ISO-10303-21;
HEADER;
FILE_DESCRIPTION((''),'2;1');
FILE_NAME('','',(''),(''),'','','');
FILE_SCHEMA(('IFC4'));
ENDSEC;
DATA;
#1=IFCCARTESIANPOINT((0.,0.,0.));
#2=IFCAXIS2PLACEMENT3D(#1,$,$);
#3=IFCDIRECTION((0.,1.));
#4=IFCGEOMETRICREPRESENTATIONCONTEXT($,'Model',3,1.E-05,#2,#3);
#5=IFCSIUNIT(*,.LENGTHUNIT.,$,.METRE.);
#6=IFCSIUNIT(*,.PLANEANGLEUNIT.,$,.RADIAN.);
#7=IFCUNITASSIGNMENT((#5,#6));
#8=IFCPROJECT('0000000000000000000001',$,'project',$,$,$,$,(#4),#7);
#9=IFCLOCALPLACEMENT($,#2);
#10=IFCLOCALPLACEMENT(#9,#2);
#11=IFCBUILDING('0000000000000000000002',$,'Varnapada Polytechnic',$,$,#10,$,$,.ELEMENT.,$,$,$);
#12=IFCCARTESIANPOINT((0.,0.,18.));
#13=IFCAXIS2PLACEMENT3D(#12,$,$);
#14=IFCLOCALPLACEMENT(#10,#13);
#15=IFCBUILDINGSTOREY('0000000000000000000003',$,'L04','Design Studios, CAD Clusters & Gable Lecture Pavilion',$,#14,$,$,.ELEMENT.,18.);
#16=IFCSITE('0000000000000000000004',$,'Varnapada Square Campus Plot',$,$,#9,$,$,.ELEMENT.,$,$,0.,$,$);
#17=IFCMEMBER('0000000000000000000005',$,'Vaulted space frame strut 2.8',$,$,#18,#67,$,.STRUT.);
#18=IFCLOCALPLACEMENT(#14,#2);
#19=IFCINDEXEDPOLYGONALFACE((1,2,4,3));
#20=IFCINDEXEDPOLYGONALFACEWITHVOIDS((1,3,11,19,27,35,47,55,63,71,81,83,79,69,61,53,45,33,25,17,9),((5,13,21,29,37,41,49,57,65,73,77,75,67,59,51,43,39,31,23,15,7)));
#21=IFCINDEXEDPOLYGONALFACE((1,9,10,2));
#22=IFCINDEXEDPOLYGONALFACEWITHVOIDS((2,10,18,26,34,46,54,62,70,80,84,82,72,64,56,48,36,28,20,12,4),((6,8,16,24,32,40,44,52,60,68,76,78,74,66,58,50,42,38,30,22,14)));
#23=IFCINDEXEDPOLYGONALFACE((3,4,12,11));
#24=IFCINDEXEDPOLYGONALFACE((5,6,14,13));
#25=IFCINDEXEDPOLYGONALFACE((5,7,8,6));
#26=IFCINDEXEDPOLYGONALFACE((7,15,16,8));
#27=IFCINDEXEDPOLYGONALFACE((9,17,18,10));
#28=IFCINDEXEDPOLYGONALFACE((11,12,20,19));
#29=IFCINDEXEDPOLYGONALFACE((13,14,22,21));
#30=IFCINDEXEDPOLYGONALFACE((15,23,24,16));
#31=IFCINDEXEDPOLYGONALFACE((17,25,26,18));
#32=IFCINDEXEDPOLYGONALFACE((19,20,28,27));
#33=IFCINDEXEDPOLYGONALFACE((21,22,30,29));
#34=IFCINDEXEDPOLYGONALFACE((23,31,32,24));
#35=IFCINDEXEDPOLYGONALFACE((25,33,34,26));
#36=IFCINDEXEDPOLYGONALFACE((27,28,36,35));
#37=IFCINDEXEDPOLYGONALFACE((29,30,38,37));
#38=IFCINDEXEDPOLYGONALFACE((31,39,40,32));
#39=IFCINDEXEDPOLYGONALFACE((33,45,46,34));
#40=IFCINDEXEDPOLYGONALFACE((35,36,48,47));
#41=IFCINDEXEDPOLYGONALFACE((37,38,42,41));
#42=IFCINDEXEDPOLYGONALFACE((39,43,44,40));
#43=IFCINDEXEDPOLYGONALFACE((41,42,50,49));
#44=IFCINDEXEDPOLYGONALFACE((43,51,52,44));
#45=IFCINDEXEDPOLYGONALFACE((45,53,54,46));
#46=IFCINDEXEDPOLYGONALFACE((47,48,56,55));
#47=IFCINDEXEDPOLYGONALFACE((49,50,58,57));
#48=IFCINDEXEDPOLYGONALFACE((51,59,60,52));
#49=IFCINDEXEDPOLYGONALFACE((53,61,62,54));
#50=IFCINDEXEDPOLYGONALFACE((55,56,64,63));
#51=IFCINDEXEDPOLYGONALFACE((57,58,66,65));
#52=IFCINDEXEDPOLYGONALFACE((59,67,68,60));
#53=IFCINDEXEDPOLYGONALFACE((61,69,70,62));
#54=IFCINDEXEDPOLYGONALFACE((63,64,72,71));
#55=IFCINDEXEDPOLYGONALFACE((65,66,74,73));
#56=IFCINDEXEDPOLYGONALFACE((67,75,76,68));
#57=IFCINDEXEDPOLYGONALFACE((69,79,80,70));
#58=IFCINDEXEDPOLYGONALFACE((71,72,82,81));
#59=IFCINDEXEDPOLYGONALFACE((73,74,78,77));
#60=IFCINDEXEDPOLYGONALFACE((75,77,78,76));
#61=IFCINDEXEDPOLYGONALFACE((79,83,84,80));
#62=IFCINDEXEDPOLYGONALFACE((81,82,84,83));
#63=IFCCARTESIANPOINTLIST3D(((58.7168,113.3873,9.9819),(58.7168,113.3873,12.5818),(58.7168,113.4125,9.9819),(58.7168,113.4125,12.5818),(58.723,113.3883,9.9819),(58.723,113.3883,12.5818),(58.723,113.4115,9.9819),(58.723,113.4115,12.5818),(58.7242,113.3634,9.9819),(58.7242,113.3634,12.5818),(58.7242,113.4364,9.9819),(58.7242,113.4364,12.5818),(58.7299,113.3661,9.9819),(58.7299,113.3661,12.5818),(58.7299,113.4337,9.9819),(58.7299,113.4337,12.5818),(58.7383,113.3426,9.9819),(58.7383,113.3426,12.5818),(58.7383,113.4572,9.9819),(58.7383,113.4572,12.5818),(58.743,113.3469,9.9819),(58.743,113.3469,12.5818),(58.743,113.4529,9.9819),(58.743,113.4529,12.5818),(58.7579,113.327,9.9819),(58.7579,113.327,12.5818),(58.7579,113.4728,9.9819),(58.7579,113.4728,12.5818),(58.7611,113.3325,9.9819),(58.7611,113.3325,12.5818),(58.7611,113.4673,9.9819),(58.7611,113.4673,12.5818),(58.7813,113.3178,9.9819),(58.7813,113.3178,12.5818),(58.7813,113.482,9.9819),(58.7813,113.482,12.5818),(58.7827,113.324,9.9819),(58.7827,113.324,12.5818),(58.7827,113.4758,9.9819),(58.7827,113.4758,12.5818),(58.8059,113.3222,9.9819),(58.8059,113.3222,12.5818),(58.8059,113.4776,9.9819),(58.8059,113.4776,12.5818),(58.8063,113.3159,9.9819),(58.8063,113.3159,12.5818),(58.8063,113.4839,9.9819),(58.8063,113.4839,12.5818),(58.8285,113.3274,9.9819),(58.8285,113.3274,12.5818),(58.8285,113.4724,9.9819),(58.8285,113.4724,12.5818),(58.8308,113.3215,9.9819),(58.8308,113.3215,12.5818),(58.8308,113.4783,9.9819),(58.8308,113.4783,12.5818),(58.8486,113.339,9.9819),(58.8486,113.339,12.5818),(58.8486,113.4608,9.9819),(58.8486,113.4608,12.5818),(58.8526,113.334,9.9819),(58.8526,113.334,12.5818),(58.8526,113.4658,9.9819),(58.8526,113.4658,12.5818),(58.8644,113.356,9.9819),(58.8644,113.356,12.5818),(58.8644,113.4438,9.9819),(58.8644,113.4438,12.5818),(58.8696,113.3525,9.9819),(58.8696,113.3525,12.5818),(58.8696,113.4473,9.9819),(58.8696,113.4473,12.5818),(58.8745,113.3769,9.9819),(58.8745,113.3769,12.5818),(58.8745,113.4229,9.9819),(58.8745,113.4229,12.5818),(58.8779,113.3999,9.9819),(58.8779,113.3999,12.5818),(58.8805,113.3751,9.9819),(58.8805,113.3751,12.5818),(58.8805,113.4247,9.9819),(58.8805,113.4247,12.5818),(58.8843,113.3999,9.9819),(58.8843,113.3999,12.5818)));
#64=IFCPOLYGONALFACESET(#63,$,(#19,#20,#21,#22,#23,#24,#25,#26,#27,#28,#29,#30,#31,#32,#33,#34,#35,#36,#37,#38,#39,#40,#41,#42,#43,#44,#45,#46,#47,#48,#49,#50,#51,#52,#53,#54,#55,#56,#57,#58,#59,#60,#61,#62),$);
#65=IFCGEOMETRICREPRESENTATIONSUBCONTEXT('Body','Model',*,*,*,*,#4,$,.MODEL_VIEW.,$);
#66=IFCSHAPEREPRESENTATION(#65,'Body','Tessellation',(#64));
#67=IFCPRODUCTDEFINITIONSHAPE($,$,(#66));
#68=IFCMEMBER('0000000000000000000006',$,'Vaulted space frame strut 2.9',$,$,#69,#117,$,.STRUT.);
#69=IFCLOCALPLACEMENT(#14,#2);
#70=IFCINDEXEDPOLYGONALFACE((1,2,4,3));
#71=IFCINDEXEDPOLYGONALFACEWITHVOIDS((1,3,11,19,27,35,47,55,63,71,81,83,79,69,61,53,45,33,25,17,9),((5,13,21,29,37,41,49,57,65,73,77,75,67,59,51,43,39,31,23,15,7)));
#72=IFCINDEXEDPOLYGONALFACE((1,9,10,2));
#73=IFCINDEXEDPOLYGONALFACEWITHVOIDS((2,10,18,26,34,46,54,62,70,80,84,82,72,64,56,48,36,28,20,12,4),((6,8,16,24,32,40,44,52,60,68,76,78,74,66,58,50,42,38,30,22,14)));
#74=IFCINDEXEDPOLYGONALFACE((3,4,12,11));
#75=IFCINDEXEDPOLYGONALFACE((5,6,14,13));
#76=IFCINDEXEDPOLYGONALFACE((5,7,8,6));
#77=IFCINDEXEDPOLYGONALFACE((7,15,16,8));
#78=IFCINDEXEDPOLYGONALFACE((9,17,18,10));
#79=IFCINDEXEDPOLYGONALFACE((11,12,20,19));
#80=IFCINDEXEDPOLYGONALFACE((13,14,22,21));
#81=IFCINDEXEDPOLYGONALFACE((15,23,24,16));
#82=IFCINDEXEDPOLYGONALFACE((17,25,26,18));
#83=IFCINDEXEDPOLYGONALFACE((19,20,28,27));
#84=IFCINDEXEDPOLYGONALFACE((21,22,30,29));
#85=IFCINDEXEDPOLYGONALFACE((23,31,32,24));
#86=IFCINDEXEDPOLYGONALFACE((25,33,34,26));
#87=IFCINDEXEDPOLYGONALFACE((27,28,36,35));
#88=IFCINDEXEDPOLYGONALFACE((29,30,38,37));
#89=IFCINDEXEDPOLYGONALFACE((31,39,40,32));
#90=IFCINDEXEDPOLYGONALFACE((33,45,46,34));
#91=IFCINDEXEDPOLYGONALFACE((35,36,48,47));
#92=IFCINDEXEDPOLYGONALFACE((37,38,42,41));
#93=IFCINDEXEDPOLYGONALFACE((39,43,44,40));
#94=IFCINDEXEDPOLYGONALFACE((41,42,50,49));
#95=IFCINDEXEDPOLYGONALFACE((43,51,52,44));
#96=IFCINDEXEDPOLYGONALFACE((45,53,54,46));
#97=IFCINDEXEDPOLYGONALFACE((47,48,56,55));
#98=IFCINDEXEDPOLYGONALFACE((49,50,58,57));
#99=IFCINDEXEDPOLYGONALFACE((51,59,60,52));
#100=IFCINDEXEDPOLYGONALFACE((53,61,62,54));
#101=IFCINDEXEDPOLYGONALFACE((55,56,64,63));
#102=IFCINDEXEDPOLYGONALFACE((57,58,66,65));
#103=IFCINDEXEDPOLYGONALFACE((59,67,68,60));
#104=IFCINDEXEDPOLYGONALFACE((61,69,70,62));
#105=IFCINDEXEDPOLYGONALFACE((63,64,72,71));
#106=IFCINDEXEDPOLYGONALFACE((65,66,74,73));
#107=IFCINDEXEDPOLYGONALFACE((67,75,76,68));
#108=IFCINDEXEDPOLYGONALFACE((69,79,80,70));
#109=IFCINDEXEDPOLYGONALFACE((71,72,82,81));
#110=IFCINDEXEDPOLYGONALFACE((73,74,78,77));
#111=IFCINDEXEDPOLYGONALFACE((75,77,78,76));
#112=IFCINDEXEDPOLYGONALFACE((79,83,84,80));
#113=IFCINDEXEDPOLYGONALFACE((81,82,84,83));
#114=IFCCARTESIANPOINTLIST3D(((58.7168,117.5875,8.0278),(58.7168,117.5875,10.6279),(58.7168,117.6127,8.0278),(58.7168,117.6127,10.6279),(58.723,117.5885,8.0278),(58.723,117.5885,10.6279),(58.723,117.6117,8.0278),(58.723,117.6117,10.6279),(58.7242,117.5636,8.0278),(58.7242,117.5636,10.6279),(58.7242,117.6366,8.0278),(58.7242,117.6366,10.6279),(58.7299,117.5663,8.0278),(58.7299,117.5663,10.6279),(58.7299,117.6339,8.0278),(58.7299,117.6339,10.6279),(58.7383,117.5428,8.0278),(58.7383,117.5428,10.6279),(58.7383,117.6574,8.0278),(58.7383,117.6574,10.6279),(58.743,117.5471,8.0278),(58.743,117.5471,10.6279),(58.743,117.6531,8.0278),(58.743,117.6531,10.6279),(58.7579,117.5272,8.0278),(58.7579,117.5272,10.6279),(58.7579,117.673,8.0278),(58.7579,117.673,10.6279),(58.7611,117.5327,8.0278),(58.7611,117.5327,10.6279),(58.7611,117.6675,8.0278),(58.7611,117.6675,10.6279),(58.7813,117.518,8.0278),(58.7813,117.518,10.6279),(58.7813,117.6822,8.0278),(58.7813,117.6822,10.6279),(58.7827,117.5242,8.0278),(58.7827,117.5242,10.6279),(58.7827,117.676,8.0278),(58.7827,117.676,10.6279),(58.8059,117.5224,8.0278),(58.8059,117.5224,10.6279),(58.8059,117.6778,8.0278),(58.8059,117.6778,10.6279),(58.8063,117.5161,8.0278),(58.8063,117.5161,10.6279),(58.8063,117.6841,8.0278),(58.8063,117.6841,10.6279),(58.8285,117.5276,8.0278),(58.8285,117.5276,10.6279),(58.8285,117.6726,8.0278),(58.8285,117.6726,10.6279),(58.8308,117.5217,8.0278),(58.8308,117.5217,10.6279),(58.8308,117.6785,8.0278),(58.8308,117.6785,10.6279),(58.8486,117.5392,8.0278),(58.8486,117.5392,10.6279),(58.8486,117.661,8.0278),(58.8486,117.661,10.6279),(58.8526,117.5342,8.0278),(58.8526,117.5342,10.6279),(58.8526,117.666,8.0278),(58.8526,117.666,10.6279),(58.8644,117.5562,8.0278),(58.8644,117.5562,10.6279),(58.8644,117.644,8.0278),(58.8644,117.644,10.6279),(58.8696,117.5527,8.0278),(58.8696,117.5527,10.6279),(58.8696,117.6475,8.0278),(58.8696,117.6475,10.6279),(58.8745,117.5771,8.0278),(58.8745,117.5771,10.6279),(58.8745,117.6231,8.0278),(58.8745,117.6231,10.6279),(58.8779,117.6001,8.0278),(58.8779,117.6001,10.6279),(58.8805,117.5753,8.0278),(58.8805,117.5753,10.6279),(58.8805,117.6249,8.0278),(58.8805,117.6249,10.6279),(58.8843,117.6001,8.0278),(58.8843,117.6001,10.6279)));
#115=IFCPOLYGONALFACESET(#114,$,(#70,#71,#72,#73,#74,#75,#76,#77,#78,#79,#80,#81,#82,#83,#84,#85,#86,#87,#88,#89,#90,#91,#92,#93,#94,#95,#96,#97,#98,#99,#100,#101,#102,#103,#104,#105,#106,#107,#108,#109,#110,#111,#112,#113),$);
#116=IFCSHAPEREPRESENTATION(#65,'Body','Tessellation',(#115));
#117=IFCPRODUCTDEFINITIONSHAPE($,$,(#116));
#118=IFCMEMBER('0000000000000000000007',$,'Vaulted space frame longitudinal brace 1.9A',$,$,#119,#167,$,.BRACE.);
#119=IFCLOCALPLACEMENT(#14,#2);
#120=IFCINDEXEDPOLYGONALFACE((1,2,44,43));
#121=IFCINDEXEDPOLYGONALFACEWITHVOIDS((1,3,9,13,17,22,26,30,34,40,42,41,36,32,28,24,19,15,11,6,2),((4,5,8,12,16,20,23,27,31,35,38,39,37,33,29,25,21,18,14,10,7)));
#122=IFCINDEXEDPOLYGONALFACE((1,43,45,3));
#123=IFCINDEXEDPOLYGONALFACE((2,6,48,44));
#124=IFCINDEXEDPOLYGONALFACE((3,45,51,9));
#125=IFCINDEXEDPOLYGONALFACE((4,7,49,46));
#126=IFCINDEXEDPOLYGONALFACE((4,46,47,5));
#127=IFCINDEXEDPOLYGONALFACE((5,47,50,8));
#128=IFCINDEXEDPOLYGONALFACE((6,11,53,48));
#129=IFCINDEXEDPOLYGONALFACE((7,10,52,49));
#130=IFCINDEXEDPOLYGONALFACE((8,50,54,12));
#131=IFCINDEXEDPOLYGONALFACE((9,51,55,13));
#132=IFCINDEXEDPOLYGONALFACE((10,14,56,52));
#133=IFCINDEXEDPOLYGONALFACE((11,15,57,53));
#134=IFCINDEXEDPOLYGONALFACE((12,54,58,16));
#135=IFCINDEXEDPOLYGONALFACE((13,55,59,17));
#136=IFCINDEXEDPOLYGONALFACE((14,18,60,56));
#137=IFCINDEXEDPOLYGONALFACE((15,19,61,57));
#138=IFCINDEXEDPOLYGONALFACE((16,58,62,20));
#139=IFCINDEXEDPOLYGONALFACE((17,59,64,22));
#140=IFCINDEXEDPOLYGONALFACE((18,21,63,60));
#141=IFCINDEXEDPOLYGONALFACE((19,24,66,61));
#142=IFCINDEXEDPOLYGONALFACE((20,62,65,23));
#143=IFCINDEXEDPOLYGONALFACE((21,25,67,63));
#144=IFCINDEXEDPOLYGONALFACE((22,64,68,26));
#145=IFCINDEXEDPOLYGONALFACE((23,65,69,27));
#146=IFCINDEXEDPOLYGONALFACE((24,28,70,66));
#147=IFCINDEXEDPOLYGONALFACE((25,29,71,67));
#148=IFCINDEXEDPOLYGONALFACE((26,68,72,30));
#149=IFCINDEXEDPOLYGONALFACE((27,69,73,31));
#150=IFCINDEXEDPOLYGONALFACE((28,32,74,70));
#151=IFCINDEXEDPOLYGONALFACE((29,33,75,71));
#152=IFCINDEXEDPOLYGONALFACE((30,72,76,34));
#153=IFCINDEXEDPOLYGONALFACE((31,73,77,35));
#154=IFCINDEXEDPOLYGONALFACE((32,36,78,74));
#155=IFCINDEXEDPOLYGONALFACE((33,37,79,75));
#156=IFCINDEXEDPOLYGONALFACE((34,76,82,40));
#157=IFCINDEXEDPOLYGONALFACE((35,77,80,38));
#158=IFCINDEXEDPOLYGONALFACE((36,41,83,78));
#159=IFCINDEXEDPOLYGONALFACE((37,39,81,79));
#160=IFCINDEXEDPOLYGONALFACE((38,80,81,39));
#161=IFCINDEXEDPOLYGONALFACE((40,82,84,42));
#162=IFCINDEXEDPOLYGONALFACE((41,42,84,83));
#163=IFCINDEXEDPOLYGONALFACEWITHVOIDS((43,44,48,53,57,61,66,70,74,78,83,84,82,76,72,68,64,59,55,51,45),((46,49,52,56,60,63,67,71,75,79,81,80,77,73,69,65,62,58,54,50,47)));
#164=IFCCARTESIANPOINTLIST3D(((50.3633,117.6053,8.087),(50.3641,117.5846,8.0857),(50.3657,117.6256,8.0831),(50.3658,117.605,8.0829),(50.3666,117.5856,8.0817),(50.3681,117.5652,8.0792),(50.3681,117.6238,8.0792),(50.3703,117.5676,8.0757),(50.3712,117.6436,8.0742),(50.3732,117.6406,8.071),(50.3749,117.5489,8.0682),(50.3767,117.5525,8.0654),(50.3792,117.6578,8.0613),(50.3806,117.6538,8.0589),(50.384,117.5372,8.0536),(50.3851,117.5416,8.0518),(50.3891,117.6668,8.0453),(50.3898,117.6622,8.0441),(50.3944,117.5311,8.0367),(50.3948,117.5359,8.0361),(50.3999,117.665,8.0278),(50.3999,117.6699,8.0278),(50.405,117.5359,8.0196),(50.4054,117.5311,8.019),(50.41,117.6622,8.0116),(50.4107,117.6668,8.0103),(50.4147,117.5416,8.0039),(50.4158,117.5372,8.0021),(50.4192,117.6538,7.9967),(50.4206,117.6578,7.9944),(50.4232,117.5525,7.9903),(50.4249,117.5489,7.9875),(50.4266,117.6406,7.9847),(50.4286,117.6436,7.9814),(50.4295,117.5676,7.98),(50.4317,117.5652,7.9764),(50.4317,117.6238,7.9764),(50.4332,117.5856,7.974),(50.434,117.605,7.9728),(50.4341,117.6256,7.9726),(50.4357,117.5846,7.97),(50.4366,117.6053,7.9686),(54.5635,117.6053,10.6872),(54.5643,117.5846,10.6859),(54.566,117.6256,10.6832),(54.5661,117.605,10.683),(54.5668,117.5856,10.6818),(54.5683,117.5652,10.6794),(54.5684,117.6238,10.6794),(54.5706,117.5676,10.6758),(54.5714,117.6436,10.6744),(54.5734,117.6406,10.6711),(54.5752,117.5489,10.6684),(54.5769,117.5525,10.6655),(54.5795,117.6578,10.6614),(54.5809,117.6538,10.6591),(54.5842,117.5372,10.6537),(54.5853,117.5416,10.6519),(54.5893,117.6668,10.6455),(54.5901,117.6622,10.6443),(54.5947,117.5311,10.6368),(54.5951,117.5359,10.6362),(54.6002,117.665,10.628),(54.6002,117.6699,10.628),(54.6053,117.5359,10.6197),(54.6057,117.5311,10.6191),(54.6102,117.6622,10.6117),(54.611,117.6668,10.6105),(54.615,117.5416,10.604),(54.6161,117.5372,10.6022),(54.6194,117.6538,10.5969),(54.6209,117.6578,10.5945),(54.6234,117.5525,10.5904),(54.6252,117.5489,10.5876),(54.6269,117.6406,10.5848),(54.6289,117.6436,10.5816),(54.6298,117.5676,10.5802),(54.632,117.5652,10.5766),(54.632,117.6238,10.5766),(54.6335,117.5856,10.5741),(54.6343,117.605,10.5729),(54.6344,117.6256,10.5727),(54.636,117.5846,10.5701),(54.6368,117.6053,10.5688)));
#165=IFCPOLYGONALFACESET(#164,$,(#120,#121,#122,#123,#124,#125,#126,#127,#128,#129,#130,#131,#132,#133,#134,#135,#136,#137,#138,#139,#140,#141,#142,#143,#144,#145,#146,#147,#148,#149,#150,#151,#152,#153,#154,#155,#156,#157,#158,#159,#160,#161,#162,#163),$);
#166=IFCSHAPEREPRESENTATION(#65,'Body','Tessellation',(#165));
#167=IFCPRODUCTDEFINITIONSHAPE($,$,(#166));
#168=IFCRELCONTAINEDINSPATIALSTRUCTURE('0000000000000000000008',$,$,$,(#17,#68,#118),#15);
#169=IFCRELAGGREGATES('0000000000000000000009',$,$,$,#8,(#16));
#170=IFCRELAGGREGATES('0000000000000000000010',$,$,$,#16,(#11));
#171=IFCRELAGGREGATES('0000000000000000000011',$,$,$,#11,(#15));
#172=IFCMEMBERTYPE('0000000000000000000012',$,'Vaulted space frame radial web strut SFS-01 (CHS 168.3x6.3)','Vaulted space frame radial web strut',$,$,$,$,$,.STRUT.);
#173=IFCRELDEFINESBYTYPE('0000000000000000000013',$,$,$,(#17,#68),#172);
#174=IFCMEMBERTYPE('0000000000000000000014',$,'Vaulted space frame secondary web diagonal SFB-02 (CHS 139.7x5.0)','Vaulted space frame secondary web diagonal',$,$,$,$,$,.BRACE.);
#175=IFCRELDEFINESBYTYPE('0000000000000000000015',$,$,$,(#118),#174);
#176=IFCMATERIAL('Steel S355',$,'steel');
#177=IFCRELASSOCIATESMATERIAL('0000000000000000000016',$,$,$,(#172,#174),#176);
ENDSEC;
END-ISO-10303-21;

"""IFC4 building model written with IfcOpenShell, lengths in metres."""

from ifc_helpers import new_model, si_unit, direction, frame, origin, origin_2d, place, context, subcontext, project, spatial, hollow_circle, extrude, material, material_profile, profile_set, type_object, element, save


model = new_model("IFC4")

# Units and contexts
model_context = context("Model", 3, precision=1e-05, world=origin(), true_north=direction((0.0, 1.0)))
body_context = subcontext(model_context, "Body", "Model", "MODEL_VIEW")
ifc_project = project(units=[si_unit("LENGTHUNIT", "METRE"), si_unit("PLANEANGLEUNIT", "RADIAN")], contexts=[model_context])

# Site, building, storey
site_placement = place(None, origin())
site = spatial("IfcSite", under=ifc_project, at=site_placement, Name="Varnapada Square Campus Plot", CompositionType="ELEMENT", RefElevation=0.0)
building_placement = place(site_placement, origin())
building = spatial("IfcBuilding", under=site, at=building_placement, Name="Varnapada Polytechnic", CompositionType="ELEMENT")
storey_placement = place(building_placement, frame((0.0, 0.0, 18.0)))
storey = spatial("IfcBuildingStorey", under=building, at=storey_placement, Name="L04", Description="Design Studios, CAD Clusters & Gable Lecture Pavilion", CompositionType="ELEMENT", Elevation=18.0)

# Shared definitions
ifc_material = material(Name="Steel S355", Category="steel")

# Members
ifc_material_profile_1 = material_profile(ifc_material, hollow_circle(Radius=0.0842, WallThickness=0.0063, at=origin_2d()), Name="CHS 168.3x6.3")
ifc_profile_set_1 = profile_set([ifc_material_profile_1], Name="Steel S355")
member_type_1 = type_object("IfcMemberType", Name="Vaulted space frame radial web strut SFS-01 (CHS 168.3x6.3)", Description="Vaulted space frame radial web strut", PredefinedType="STRUT", material=ifc_profile_set_1)
for number, where, z_axis, x_axis, name in (
    (1, (58.8, 113.3999, 9.9819), (0.0, 0.0, 1.0), (1.0, 0.0, 0.0), "Vaulted space frame strut 2.8"),
):
    element("IfcMember", number, at=place(storey_placement, frame(where, z_axis=z_axis, x_axis=x_axis)), inside=storey, type_object=member_type_1, Name=name, PredefinedType="STRUT", context=body_context, shape_type="SweptSolid", body=[
        extrude(hollow_circle(Radius=0.0842, WallThickness=0.0063, at=origin_2d()), origin(), (0.0, 0.0, 1.0), 2.5999),
    ])
member_1_placement = place(storey_placement, frame((58.8, 117.6001, 8.0278), z_axis=(0.0, 0.0, 1.0), x_axis=(1.0, 0.0, 0.0)))
element("IfcMember", 2, at=member_1_placement, inside=storey, type_object=member_type_1, Name="Vaulted space frame strut 2.9", PredefinedType="STRUT", context=body_context, shape_type="SweptSolid", body=[
    extrude(hollow_circle(Radius=0.0842, WallThickness=0.0063, at=origin_2d()), origin(), (0.0, 0.0, 1.0), 2.6001),
])
ifc_material_profile_2 = material_profile(ifc_material, hollow_circle(Radius=0.0698, WallThickness=0.0049, at=origin_2d()), Name="CHS 139.7x5.0")
ifc_profile_set_2 = profile_set([ifc_material_profile_2], Name="Steel S355")
member_type_2 = type_object("IfcMemberType", Name="Vaulted space frame secondary web diagonal SFB-02 (CHS 139.7x5.0)", Description="Vaulted space frame secondary web diagonal", PredefinedType="BRACE", material=ifc_profile_set_2)
member_2_placement = place(storey_placement, frame((50.3999, 117.6001, 8.0278), z_axis=(0.850267, 0.0, 0.526351), x_axis=(0.0, 1.0, 0.0)))
element("IfcMember", 3, at=member_2_placement, inside=storey, type_object=member_type_2, Name="Vaulted space frame longitudinal brace 1.9A", PredefinedType="BRACE", context=body_context, shape_type="SweptSolid", body=[
    extrude(hollow_circle(Radius=0.0698, WallThickness=0.0049, at=origin_2d()), origin(), (0.0, 0.0, 1.0), 4.9399),
])

save(model, "model.ifc")
